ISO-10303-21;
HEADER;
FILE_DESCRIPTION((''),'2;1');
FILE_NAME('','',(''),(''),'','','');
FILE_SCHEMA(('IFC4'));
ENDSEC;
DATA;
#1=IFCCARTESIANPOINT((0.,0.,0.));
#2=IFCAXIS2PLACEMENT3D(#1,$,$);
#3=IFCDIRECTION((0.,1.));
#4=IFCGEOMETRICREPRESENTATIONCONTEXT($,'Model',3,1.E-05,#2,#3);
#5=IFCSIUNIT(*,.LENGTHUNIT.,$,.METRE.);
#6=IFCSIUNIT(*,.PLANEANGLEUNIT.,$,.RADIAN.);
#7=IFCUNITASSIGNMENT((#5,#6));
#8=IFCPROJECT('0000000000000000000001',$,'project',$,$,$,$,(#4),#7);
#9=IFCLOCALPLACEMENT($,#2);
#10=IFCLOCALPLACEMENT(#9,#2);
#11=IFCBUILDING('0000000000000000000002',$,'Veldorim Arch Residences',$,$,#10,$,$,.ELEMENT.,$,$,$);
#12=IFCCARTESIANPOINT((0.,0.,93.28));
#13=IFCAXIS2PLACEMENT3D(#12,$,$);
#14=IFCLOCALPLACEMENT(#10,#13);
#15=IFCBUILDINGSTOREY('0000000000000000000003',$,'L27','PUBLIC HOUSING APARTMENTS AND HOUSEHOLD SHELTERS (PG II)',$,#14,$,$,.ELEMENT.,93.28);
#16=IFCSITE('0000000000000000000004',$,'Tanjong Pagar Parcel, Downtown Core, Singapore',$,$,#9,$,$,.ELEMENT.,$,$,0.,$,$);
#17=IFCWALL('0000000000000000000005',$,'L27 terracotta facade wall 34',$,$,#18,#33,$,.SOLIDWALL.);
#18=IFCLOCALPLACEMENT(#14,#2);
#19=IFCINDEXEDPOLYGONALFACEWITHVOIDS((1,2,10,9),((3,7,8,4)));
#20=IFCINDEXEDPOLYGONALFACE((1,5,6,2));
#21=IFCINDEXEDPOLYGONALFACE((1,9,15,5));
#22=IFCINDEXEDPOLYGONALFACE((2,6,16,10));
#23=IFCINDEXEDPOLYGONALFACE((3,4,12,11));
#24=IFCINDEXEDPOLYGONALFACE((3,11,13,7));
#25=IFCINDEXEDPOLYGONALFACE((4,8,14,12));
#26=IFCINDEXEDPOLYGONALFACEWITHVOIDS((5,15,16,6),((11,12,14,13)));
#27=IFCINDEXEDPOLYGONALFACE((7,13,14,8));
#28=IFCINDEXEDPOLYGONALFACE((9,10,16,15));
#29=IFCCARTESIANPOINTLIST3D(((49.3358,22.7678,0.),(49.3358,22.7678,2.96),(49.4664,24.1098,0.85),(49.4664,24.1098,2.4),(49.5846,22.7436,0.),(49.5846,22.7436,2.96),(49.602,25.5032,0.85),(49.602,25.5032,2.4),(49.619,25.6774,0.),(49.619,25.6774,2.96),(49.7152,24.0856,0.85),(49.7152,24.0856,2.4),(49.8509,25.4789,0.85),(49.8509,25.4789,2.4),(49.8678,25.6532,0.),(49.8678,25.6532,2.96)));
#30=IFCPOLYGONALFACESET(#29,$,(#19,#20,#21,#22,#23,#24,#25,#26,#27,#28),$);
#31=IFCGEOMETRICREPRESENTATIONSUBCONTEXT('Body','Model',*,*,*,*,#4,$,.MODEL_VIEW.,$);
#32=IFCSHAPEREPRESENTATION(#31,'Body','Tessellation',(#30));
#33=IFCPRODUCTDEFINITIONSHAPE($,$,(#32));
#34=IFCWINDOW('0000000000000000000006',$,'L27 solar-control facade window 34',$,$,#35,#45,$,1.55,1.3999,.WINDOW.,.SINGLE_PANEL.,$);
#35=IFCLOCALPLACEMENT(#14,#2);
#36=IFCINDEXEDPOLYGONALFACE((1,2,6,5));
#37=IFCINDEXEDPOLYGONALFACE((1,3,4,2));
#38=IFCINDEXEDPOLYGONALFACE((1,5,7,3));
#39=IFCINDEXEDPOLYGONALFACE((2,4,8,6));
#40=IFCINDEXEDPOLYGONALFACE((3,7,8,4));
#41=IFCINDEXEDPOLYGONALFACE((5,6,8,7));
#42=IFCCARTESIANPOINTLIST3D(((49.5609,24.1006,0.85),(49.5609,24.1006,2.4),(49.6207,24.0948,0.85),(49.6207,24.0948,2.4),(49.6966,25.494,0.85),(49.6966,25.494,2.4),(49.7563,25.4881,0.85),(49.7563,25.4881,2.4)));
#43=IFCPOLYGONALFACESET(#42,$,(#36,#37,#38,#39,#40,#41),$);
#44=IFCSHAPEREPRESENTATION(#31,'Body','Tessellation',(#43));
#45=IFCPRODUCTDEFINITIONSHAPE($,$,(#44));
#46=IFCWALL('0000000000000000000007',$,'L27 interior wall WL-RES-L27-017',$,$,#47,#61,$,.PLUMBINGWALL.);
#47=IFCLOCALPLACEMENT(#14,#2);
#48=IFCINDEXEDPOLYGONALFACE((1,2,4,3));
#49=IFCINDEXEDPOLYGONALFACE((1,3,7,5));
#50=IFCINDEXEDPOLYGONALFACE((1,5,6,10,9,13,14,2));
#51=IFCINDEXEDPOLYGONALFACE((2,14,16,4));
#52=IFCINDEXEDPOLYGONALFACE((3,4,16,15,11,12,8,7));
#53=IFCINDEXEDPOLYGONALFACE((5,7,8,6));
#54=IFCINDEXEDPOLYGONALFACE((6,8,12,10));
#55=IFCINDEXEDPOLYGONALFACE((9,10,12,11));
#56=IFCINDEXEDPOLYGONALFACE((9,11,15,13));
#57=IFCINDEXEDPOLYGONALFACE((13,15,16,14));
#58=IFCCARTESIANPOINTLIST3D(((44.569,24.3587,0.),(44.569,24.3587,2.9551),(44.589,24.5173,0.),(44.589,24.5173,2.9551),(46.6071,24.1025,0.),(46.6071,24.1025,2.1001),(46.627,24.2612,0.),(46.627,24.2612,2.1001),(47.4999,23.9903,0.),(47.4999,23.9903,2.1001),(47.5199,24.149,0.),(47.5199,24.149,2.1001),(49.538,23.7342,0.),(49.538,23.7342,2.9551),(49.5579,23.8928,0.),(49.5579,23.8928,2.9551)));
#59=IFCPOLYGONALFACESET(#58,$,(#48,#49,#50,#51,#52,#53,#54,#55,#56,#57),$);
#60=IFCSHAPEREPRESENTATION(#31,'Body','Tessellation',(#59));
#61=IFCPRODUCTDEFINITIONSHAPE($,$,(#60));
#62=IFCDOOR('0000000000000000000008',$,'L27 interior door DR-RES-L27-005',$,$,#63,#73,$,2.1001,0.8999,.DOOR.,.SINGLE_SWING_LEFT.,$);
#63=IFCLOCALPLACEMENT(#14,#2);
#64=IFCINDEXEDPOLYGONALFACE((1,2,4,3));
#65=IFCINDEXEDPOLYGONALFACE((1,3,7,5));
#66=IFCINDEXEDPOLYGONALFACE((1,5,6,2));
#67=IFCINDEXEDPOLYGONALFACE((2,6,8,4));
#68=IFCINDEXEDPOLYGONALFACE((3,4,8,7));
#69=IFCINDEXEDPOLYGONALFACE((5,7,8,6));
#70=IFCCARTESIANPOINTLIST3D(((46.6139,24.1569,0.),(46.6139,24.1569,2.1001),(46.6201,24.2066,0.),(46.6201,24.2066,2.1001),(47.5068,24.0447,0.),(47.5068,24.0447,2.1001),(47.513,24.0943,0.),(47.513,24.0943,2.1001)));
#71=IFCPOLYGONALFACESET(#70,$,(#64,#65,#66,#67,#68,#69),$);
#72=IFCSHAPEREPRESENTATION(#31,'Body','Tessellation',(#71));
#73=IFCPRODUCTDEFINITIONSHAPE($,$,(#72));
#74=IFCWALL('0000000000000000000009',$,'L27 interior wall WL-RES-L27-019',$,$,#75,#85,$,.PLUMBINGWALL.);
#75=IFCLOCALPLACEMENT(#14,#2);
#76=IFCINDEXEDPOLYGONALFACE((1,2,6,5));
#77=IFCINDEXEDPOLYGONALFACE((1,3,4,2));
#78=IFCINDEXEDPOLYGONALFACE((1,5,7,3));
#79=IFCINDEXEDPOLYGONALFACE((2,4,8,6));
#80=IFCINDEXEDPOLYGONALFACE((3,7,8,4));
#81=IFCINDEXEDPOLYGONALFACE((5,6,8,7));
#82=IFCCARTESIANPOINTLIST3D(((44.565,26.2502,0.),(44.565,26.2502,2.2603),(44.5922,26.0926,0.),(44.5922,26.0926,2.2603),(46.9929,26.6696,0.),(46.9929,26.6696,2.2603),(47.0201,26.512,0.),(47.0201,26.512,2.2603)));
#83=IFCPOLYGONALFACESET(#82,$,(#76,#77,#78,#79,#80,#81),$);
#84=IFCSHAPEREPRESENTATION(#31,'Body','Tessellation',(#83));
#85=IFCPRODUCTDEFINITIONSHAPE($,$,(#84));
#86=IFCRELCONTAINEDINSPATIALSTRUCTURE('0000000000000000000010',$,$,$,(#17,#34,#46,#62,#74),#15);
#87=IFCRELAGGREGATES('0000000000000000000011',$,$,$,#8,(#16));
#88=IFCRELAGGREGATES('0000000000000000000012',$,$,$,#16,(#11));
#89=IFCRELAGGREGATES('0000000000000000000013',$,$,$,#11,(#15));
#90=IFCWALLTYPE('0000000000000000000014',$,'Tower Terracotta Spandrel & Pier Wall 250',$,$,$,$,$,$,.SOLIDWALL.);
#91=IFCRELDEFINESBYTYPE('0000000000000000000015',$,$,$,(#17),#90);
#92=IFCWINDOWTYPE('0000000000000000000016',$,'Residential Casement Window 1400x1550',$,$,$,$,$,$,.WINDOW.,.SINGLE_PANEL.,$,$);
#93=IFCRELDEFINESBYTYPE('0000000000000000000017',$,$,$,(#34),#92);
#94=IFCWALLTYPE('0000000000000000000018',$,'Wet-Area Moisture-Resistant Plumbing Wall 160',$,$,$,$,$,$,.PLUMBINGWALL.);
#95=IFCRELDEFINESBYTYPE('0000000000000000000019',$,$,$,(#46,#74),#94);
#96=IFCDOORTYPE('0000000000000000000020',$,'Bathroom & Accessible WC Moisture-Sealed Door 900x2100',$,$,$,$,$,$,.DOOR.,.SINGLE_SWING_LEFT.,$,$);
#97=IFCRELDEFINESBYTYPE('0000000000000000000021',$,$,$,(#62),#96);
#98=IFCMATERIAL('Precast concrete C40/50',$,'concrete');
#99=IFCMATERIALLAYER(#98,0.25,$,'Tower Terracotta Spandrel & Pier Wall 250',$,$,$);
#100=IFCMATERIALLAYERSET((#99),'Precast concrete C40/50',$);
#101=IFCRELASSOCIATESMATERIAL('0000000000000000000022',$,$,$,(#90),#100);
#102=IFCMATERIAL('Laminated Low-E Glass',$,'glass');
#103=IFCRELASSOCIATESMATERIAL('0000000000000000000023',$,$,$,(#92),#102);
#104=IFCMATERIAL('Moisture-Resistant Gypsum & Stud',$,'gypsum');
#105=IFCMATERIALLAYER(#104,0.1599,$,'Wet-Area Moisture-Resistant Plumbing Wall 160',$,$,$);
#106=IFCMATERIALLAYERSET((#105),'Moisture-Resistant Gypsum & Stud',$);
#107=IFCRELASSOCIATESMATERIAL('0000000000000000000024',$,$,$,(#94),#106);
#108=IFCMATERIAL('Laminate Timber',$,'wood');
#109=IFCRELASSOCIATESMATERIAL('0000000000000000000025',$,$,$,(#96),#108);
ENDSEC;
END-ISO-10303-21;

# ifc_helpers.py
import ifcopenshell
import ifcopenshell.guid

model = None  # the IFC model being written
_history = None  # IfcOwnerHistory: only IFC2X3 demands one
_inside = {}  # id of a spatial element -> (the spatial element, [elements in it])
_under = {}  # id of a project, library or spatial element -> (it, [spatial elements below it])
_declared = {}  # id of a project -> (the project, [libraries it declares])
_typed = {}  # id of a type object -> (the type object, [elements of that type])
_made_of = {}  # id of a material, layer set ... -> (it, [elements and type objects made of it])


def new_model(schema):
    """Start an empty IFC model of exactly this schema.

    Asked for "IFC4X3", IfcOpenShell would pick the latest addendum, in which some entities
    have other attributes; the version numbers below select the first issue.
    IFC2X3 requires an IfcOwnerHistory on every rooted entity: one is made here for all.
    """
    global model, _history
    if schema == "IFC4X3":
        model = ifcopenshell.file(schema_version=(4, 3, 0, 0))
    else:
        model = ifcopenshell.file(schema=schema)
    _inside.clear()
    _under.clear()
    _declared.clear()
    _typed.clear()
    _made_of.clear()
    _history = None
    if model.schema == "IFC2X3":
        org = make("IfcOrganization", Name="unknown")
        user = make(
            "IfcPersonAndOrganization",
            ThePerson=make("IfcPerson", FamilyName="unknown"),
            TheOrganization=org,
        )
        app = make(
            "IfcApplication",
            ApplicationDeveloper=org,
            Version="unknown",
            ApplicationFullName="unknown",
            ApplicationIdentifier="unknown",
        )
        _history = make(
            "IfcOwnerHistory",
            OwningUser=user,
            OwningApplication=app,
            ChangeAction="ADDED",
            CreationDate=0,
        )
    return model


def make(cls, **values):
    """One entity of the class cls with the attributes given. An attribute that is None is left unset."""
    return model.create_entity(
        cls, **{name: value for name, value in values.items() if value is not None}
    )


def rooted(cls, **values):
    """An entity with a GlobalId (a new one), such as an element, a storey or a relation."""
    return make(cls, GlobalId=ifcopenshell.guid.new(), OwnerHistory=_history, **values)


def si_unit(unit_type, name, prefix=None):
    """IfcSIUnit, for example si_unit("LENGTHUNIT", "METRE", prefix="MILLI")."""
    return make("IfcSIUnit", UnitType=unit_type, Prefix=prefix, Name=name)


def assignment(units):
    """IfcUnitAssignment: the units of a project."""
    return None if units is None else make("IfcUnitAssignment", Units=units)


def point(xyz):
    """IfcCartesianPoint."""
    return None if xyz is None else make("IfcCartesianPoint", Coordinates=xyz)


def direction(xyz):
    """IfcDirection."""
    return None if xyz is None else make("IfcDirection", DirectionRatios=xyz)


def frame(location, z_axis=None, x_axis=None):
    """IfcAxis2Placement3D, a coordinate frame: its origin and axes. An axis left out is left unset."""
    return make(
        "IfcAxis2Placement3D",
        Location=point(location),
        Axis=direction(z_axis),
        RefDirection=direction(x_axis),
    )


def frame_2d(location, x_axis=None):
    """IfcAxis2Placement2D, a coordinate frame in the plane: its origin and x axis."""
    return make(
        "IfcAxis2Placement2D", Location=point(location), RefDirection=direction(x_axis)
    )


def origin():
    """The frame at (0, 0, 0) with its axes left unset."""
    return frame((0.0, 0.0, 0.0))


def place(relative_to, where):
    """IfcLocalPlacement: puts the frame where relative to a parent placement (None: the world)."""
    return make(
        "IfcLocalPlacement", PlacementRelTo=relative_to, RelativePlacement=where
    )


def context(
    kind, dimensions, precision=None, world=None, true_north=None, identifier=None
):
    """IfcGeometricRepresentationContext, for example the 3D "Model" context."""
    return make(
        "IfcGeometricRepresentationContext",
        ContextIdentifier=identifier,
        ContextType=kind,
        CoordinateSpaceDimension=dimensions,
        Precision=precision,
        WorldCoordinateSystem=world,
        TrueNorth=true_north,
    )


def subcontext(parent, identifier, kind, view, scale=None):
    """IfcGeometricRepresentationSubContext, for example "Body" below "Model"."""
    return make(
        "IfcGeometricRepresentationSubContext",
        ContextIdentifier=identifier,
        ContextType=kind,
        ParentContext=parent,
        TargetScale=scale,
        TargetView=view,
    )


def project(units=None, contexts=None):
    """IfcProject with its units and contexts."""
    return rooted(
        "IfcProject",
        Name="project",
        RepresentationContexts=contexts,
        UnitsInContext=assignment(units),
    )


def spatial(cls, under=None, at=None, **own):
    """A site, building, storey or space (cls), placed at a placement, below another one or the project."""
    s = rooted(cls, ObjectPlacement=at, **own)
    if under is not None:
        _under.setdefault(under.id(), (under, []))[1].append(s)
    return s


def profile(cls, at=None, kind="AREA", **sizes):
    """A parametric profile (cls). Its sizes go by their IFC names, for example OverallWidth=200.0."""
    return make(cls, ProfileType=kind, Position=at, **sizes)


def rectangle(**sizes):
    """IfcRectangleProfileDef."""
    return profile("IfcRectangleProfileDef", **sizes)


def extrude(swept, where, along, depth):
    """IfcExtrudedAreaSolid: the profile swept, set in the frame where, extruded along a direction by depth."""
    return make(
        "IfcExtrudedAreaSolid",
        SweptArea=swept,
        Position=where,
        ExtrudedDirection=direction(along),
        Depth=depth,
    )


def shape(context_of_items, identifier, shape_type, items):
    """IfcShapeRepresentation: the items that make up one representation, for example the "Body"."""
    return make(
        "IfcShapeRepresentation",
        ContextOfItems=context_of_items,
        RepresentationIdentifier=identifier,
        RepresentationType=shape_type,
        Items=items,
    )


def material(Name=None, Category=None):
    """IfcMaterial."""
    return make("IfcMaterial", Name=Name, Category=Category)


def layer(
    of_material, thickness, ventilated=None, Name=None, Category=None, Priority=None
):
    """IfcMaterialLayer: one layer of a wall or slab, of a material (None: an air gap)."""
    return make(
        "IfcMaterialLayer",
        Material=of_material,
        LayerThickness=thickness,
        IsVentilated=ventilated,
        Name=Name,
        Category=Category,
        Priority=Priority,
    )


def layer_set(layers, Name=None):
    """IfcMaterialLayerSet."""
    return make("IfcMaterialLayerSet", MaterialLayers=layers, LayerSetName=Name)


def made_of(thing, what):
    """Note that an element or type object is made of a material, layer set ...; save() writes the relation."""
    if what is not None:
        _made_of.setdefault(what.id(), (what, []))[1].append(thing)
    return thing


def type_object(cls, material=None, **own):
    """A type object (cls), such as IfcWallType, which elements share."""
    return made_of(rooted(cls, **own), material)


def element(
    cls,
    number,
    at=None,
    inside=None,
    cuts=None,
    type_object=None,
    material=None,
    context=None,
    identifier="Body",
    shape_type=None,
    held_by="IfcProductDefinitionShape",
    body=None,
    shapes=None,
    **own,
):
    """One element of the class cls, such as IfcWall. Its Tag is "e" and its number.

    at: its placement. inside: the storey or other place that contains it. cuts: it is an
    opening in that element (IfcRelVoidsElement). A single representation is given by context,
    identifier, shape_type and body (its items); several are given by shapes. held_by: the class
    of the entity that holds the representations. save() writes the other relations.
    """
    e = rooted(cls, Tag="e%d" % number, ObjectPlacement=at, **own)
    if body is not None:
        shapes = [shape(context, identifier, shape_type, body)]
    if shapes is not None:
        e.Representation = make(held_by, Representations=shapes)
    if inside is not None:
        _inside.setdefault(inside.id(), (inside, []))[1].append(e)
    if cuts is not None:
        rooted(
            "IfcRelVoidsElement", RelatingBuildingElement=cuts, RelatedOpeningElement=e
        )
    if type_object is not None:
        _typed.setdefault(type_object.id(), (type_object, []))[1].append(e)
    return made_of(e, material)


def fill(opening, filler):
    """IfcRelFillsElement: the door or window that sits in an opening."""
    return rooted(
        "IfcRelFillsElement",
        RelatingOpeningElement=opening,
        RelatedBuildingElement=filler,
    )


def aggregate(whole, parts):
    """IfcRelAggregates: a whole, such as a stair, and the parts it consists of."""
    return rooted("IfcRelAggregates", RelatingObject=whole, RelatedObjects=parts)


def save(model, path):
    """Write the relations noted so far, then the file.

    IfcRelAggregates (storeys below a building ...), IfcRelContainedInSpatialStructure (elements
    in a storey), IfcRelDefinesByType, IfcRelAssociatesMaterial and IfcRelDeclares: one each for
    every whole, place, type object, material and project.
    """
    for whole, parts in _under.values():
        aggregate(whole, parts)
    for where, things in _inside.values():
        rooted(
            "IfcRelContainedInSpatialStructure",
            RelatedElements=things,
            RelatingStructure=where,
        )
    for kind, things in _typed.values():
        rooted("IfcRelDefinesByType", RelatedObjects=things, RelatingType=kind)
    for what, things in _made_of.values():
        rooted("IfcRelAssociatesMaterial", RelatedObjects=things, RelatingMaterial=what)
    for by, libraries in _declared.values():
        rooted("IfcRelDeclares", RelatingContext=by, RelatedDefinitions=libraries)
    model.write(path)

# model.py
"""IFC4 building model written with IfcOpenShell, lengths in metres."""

from ifc_helpers import new_model, si_unit, direction, frame, frame_2d, origin, place, context, subcontext, project, spatial, rectangle, extrude, material, layer, layer_set, type_object, element, fill, save


model = new_model("IFC4")

# Units and contexts
model_context = context("Model", 3, precision=1e-05, world=origin(), true_north=direction((0.0, 1.0)))
body_context = subcontext(model_context, "Body", "Model", "MODEL_VIEW")
ifc_project = project(units=[si_unit("LENGTHUNIT", "METRE"), si_unit("PLANEANGLEUNIT", "RADIAN")], contexts=[model_context])

# Site, building, storey
site_placement = place(None, origin())
site = spatial("IfcSite", under=ifc_project, at=site_placement, Name="Tanjong Pagar Parcel, Downtown Core, Singapore", CompositionType="ELEMENT", RefElevation=0.0)
building_placement = place(site_placement, origin())
building = spatial("IfcBuilding", under=site, at=building_placement, Name="Veldorim Arch Residences", CompositionType="ELEMENT")
storey_placement = place(building_placement, frame((0.0, 0.0, 93.28)))
storey = spatial("IfcBuildingStorey", under=building, at=storey_placement, Name="L27", Description="PUBLIC HOUSING APARTMENTS AND HOUSEHOLD SHELTERS (PG II)", CompositionType="ELEMENT", Elevation=93.28)

# Shared definitions
ifc_material_1 = material(Name="Precast concrete C40/50", Category="concrete")
ifc_layer_1 = layer(ifc_material_1, 0.25, Name="Tower Terracotta Spandrel & Pier Wall 250")
ifc_layer_set_1 = layer_set([ifc_layer_1], Name="Precast concrete C40/50")
wall_type_1 = type_object("IfcWallType", Name="Tower Terracotta Spandrel & Pier Wall 250", PredefinedType="SOLIDWALL", material=ifc_layer_set_1)

# Wall, opening, window
wall_1_placement = place(storey_placement, frame((49.7434, 25.6653, 0.0), z_axis=(0.0, 0.0, 1.0), x_axis=(-0.096874, -0.995297, 0.0)))
wall_1 = element("IfcWall", 1, at=wall_1_placement, inside=storey, type_object=wall_type_1, Name="L27 terracotta facade wall 34", PredefinedType="SOLIDWALL", context=body_context, shape_type="SweptSolid", body=[
    extrude(rectangle(XDim=2.9233, YDim=0.25, at=frame_2d((1.4617, 0.0))), origin(), (0.0, 0.0, 1.0), 2.96),
])
opening_1_placement = place(wall_1_placement, frame((0.175, 0.0, 0.8501)))
opening_1 = element("IfcOpeningElement", 2, at=opening_1_placement, cuts=wall_1, PredefinedType="OPENING", context=body_context, shape_type="SweptSolid", body=[
    extrude(rectangle(XDim=1.3999, YDim=1.55, at=frame_2d((0.7, 0.7749))), frame((0.0, 0.135, 0.0), z_axis=(0.0, -1.0, 0.0), x_axis=(1.0, 0.0, 0.0)), (0.0, 0.0, 1.0), 0.27),
])
ifc_material_2 = material(Name="Laminated Low-E Glass", Category="glass")
window_type_1 = type_object("IfcWindowType", Name="Residential Casement Window 1400x1550", PartitioningType="SINGLE_PANEL", PredefinedType="WINDOW", material=ifc_material_2)
window_1_placement = place(opening_1_placement, origin())
window_1 = element("IfcWindow", 3, at=window_1_placement, inside=storey, type_object=window_type_1, Name="L27 solar-control facade window 34", OverallHeight=1.55, OverallWidth=1.3999, PartitioningType="SINGLE_PANEL", PredefinedType="WINDOW", context=body_context, shape_type="SweptSolid", body=[
    extrude(rectangle(XDim=1.3999, YDim=1.55, at=frame_2d((0.7, 0.7749))), frame((0.0, 0.03, 0.0), z_axis=(0.0, -1.0, 0.0), x_axis=(1.0, 0.0, 0.0)), (0.0, 0.0, 1.0), 0.0601),
])
fill(opening_1, window_1)

# Wall, opening, door
ifc_material_3 = material(Name="Moisture-Resistant Gypsum & Stud", Category="gypsum")
ifc_layer_2 = layer(ifc_material_3, 0.1599, Name="Wet-Area Moisture-Resistant Plumbing Wall 160")
ifc_layer_set_2 = layer_set([ifc_layer_2], Name="Moisture-Resistant Gypsum & Stud")
wall_type_2 = type_object("IfcWallType", Name="Wet-Area Moisture-Resistant Plumbing Wall 160", PredefinedType="PLUMBINGWALL", material=ifc_layer_set_2)
wall_2_placement = place(storey_placement, frame((44.5791, 24.438, 0.0), z_axis=(0.0, 0.0, 1.0), x_axis=(0.992194, -0.124701, 0.0)))
wall_2 = element("IfcWall", 4, at=wall_2_placement, inside=storey, type_object=wall_type_2, Name="L27 interior wall WL-RES-L27-017", PredefinedType="PLUMBINGWALL", context=body_context, shape_type="SweptSolid", body=[
    extrude(rectangle(XDim=5.0081, YDim=0.1599, at=frame_2d((2.5039, 0.0))), origin(), (0.0, 0.0, 1.0), 2.9551),
])
opening_2_placement = place(wall_2_placement, frame((2.054, 0.0, 0.0)))
opening_2 = element("IfcOpeningElement", 5, at=opening_2_placement, cuts=wall_2, PredefinedType="OPENING", context=body_context, shape_type="SweptSolid", body=[
    extrude(rectangle(XDim=0.8999, YDim=2.1001, at=frame_2d((0.45, 1.05))), frame((0.0, 0.0898, 0.0), z_axis=(0.0, -1.0, 0.0), x_axis=(1.0, 0.0, 0.0)), (0.0, 0.0, 1.0), 0.1799),
])
ifc_material_4 = material(Name="Laminate Timber", Category="wood")
door_type_1 = type_object("IfcDoorType", Name="Bathroom & Accessible WC Moisture-Sealed Door 900x2100", OperationType="SINGLE_SWING_LEFT", PredefinedType="DOOR", material=ifc_material_4)
door_1_placement = place(opening_2_placement, origin())
door_1 = element("IfcDoor", 6, at=door_1_placement, inside=storey, type_object=door_type_1, Name="L27 interior door DR-RES-L27-005", OperationType="SINGLE_SWING_LEFT", OverallHeight=2.1001, OverallWidth=0.8999, PredefinedType="DOOR", context=body_context, shape_type="SweptSolid", body=[
    extrude(rectangle(XDim=0.8999, YDim=2.1001, at=frame_2d((0.45, 1.05))), frame((0.0, 0.0249, 0.0), z_axis=(0.0, -1.0, 0.0), x_axis=(1.0, 0.0, 0.0)), (0.0, 0.0, 1.0), 0.05),
])
fill(opening_2, door_1)

# Wall
wall_3_placement = place(storey_placement, frame((44.5786, 26.1714, 0.0), z_axis=(0.0, 0.0, 1.0), x_axis=(0.985405, 0.170229, 0.0)))
element("IfcWall", 7, at=wall_3_placement, inside=storey, type_object=wall_type_2, Name="L27 interior wall WL-RES-L27-019", PredefinedType="PLUMBINGWALL", context=body_context, shape_type="SweptSolid", body=[
    extrude(rectangle(XDim=2.4639, YDim=0.1599, at=frame_2d((1.2319, 0.0))), origin(), (0.0, 0.0, 1.0), 2.2603),
])

save(model, "model.ifc")
